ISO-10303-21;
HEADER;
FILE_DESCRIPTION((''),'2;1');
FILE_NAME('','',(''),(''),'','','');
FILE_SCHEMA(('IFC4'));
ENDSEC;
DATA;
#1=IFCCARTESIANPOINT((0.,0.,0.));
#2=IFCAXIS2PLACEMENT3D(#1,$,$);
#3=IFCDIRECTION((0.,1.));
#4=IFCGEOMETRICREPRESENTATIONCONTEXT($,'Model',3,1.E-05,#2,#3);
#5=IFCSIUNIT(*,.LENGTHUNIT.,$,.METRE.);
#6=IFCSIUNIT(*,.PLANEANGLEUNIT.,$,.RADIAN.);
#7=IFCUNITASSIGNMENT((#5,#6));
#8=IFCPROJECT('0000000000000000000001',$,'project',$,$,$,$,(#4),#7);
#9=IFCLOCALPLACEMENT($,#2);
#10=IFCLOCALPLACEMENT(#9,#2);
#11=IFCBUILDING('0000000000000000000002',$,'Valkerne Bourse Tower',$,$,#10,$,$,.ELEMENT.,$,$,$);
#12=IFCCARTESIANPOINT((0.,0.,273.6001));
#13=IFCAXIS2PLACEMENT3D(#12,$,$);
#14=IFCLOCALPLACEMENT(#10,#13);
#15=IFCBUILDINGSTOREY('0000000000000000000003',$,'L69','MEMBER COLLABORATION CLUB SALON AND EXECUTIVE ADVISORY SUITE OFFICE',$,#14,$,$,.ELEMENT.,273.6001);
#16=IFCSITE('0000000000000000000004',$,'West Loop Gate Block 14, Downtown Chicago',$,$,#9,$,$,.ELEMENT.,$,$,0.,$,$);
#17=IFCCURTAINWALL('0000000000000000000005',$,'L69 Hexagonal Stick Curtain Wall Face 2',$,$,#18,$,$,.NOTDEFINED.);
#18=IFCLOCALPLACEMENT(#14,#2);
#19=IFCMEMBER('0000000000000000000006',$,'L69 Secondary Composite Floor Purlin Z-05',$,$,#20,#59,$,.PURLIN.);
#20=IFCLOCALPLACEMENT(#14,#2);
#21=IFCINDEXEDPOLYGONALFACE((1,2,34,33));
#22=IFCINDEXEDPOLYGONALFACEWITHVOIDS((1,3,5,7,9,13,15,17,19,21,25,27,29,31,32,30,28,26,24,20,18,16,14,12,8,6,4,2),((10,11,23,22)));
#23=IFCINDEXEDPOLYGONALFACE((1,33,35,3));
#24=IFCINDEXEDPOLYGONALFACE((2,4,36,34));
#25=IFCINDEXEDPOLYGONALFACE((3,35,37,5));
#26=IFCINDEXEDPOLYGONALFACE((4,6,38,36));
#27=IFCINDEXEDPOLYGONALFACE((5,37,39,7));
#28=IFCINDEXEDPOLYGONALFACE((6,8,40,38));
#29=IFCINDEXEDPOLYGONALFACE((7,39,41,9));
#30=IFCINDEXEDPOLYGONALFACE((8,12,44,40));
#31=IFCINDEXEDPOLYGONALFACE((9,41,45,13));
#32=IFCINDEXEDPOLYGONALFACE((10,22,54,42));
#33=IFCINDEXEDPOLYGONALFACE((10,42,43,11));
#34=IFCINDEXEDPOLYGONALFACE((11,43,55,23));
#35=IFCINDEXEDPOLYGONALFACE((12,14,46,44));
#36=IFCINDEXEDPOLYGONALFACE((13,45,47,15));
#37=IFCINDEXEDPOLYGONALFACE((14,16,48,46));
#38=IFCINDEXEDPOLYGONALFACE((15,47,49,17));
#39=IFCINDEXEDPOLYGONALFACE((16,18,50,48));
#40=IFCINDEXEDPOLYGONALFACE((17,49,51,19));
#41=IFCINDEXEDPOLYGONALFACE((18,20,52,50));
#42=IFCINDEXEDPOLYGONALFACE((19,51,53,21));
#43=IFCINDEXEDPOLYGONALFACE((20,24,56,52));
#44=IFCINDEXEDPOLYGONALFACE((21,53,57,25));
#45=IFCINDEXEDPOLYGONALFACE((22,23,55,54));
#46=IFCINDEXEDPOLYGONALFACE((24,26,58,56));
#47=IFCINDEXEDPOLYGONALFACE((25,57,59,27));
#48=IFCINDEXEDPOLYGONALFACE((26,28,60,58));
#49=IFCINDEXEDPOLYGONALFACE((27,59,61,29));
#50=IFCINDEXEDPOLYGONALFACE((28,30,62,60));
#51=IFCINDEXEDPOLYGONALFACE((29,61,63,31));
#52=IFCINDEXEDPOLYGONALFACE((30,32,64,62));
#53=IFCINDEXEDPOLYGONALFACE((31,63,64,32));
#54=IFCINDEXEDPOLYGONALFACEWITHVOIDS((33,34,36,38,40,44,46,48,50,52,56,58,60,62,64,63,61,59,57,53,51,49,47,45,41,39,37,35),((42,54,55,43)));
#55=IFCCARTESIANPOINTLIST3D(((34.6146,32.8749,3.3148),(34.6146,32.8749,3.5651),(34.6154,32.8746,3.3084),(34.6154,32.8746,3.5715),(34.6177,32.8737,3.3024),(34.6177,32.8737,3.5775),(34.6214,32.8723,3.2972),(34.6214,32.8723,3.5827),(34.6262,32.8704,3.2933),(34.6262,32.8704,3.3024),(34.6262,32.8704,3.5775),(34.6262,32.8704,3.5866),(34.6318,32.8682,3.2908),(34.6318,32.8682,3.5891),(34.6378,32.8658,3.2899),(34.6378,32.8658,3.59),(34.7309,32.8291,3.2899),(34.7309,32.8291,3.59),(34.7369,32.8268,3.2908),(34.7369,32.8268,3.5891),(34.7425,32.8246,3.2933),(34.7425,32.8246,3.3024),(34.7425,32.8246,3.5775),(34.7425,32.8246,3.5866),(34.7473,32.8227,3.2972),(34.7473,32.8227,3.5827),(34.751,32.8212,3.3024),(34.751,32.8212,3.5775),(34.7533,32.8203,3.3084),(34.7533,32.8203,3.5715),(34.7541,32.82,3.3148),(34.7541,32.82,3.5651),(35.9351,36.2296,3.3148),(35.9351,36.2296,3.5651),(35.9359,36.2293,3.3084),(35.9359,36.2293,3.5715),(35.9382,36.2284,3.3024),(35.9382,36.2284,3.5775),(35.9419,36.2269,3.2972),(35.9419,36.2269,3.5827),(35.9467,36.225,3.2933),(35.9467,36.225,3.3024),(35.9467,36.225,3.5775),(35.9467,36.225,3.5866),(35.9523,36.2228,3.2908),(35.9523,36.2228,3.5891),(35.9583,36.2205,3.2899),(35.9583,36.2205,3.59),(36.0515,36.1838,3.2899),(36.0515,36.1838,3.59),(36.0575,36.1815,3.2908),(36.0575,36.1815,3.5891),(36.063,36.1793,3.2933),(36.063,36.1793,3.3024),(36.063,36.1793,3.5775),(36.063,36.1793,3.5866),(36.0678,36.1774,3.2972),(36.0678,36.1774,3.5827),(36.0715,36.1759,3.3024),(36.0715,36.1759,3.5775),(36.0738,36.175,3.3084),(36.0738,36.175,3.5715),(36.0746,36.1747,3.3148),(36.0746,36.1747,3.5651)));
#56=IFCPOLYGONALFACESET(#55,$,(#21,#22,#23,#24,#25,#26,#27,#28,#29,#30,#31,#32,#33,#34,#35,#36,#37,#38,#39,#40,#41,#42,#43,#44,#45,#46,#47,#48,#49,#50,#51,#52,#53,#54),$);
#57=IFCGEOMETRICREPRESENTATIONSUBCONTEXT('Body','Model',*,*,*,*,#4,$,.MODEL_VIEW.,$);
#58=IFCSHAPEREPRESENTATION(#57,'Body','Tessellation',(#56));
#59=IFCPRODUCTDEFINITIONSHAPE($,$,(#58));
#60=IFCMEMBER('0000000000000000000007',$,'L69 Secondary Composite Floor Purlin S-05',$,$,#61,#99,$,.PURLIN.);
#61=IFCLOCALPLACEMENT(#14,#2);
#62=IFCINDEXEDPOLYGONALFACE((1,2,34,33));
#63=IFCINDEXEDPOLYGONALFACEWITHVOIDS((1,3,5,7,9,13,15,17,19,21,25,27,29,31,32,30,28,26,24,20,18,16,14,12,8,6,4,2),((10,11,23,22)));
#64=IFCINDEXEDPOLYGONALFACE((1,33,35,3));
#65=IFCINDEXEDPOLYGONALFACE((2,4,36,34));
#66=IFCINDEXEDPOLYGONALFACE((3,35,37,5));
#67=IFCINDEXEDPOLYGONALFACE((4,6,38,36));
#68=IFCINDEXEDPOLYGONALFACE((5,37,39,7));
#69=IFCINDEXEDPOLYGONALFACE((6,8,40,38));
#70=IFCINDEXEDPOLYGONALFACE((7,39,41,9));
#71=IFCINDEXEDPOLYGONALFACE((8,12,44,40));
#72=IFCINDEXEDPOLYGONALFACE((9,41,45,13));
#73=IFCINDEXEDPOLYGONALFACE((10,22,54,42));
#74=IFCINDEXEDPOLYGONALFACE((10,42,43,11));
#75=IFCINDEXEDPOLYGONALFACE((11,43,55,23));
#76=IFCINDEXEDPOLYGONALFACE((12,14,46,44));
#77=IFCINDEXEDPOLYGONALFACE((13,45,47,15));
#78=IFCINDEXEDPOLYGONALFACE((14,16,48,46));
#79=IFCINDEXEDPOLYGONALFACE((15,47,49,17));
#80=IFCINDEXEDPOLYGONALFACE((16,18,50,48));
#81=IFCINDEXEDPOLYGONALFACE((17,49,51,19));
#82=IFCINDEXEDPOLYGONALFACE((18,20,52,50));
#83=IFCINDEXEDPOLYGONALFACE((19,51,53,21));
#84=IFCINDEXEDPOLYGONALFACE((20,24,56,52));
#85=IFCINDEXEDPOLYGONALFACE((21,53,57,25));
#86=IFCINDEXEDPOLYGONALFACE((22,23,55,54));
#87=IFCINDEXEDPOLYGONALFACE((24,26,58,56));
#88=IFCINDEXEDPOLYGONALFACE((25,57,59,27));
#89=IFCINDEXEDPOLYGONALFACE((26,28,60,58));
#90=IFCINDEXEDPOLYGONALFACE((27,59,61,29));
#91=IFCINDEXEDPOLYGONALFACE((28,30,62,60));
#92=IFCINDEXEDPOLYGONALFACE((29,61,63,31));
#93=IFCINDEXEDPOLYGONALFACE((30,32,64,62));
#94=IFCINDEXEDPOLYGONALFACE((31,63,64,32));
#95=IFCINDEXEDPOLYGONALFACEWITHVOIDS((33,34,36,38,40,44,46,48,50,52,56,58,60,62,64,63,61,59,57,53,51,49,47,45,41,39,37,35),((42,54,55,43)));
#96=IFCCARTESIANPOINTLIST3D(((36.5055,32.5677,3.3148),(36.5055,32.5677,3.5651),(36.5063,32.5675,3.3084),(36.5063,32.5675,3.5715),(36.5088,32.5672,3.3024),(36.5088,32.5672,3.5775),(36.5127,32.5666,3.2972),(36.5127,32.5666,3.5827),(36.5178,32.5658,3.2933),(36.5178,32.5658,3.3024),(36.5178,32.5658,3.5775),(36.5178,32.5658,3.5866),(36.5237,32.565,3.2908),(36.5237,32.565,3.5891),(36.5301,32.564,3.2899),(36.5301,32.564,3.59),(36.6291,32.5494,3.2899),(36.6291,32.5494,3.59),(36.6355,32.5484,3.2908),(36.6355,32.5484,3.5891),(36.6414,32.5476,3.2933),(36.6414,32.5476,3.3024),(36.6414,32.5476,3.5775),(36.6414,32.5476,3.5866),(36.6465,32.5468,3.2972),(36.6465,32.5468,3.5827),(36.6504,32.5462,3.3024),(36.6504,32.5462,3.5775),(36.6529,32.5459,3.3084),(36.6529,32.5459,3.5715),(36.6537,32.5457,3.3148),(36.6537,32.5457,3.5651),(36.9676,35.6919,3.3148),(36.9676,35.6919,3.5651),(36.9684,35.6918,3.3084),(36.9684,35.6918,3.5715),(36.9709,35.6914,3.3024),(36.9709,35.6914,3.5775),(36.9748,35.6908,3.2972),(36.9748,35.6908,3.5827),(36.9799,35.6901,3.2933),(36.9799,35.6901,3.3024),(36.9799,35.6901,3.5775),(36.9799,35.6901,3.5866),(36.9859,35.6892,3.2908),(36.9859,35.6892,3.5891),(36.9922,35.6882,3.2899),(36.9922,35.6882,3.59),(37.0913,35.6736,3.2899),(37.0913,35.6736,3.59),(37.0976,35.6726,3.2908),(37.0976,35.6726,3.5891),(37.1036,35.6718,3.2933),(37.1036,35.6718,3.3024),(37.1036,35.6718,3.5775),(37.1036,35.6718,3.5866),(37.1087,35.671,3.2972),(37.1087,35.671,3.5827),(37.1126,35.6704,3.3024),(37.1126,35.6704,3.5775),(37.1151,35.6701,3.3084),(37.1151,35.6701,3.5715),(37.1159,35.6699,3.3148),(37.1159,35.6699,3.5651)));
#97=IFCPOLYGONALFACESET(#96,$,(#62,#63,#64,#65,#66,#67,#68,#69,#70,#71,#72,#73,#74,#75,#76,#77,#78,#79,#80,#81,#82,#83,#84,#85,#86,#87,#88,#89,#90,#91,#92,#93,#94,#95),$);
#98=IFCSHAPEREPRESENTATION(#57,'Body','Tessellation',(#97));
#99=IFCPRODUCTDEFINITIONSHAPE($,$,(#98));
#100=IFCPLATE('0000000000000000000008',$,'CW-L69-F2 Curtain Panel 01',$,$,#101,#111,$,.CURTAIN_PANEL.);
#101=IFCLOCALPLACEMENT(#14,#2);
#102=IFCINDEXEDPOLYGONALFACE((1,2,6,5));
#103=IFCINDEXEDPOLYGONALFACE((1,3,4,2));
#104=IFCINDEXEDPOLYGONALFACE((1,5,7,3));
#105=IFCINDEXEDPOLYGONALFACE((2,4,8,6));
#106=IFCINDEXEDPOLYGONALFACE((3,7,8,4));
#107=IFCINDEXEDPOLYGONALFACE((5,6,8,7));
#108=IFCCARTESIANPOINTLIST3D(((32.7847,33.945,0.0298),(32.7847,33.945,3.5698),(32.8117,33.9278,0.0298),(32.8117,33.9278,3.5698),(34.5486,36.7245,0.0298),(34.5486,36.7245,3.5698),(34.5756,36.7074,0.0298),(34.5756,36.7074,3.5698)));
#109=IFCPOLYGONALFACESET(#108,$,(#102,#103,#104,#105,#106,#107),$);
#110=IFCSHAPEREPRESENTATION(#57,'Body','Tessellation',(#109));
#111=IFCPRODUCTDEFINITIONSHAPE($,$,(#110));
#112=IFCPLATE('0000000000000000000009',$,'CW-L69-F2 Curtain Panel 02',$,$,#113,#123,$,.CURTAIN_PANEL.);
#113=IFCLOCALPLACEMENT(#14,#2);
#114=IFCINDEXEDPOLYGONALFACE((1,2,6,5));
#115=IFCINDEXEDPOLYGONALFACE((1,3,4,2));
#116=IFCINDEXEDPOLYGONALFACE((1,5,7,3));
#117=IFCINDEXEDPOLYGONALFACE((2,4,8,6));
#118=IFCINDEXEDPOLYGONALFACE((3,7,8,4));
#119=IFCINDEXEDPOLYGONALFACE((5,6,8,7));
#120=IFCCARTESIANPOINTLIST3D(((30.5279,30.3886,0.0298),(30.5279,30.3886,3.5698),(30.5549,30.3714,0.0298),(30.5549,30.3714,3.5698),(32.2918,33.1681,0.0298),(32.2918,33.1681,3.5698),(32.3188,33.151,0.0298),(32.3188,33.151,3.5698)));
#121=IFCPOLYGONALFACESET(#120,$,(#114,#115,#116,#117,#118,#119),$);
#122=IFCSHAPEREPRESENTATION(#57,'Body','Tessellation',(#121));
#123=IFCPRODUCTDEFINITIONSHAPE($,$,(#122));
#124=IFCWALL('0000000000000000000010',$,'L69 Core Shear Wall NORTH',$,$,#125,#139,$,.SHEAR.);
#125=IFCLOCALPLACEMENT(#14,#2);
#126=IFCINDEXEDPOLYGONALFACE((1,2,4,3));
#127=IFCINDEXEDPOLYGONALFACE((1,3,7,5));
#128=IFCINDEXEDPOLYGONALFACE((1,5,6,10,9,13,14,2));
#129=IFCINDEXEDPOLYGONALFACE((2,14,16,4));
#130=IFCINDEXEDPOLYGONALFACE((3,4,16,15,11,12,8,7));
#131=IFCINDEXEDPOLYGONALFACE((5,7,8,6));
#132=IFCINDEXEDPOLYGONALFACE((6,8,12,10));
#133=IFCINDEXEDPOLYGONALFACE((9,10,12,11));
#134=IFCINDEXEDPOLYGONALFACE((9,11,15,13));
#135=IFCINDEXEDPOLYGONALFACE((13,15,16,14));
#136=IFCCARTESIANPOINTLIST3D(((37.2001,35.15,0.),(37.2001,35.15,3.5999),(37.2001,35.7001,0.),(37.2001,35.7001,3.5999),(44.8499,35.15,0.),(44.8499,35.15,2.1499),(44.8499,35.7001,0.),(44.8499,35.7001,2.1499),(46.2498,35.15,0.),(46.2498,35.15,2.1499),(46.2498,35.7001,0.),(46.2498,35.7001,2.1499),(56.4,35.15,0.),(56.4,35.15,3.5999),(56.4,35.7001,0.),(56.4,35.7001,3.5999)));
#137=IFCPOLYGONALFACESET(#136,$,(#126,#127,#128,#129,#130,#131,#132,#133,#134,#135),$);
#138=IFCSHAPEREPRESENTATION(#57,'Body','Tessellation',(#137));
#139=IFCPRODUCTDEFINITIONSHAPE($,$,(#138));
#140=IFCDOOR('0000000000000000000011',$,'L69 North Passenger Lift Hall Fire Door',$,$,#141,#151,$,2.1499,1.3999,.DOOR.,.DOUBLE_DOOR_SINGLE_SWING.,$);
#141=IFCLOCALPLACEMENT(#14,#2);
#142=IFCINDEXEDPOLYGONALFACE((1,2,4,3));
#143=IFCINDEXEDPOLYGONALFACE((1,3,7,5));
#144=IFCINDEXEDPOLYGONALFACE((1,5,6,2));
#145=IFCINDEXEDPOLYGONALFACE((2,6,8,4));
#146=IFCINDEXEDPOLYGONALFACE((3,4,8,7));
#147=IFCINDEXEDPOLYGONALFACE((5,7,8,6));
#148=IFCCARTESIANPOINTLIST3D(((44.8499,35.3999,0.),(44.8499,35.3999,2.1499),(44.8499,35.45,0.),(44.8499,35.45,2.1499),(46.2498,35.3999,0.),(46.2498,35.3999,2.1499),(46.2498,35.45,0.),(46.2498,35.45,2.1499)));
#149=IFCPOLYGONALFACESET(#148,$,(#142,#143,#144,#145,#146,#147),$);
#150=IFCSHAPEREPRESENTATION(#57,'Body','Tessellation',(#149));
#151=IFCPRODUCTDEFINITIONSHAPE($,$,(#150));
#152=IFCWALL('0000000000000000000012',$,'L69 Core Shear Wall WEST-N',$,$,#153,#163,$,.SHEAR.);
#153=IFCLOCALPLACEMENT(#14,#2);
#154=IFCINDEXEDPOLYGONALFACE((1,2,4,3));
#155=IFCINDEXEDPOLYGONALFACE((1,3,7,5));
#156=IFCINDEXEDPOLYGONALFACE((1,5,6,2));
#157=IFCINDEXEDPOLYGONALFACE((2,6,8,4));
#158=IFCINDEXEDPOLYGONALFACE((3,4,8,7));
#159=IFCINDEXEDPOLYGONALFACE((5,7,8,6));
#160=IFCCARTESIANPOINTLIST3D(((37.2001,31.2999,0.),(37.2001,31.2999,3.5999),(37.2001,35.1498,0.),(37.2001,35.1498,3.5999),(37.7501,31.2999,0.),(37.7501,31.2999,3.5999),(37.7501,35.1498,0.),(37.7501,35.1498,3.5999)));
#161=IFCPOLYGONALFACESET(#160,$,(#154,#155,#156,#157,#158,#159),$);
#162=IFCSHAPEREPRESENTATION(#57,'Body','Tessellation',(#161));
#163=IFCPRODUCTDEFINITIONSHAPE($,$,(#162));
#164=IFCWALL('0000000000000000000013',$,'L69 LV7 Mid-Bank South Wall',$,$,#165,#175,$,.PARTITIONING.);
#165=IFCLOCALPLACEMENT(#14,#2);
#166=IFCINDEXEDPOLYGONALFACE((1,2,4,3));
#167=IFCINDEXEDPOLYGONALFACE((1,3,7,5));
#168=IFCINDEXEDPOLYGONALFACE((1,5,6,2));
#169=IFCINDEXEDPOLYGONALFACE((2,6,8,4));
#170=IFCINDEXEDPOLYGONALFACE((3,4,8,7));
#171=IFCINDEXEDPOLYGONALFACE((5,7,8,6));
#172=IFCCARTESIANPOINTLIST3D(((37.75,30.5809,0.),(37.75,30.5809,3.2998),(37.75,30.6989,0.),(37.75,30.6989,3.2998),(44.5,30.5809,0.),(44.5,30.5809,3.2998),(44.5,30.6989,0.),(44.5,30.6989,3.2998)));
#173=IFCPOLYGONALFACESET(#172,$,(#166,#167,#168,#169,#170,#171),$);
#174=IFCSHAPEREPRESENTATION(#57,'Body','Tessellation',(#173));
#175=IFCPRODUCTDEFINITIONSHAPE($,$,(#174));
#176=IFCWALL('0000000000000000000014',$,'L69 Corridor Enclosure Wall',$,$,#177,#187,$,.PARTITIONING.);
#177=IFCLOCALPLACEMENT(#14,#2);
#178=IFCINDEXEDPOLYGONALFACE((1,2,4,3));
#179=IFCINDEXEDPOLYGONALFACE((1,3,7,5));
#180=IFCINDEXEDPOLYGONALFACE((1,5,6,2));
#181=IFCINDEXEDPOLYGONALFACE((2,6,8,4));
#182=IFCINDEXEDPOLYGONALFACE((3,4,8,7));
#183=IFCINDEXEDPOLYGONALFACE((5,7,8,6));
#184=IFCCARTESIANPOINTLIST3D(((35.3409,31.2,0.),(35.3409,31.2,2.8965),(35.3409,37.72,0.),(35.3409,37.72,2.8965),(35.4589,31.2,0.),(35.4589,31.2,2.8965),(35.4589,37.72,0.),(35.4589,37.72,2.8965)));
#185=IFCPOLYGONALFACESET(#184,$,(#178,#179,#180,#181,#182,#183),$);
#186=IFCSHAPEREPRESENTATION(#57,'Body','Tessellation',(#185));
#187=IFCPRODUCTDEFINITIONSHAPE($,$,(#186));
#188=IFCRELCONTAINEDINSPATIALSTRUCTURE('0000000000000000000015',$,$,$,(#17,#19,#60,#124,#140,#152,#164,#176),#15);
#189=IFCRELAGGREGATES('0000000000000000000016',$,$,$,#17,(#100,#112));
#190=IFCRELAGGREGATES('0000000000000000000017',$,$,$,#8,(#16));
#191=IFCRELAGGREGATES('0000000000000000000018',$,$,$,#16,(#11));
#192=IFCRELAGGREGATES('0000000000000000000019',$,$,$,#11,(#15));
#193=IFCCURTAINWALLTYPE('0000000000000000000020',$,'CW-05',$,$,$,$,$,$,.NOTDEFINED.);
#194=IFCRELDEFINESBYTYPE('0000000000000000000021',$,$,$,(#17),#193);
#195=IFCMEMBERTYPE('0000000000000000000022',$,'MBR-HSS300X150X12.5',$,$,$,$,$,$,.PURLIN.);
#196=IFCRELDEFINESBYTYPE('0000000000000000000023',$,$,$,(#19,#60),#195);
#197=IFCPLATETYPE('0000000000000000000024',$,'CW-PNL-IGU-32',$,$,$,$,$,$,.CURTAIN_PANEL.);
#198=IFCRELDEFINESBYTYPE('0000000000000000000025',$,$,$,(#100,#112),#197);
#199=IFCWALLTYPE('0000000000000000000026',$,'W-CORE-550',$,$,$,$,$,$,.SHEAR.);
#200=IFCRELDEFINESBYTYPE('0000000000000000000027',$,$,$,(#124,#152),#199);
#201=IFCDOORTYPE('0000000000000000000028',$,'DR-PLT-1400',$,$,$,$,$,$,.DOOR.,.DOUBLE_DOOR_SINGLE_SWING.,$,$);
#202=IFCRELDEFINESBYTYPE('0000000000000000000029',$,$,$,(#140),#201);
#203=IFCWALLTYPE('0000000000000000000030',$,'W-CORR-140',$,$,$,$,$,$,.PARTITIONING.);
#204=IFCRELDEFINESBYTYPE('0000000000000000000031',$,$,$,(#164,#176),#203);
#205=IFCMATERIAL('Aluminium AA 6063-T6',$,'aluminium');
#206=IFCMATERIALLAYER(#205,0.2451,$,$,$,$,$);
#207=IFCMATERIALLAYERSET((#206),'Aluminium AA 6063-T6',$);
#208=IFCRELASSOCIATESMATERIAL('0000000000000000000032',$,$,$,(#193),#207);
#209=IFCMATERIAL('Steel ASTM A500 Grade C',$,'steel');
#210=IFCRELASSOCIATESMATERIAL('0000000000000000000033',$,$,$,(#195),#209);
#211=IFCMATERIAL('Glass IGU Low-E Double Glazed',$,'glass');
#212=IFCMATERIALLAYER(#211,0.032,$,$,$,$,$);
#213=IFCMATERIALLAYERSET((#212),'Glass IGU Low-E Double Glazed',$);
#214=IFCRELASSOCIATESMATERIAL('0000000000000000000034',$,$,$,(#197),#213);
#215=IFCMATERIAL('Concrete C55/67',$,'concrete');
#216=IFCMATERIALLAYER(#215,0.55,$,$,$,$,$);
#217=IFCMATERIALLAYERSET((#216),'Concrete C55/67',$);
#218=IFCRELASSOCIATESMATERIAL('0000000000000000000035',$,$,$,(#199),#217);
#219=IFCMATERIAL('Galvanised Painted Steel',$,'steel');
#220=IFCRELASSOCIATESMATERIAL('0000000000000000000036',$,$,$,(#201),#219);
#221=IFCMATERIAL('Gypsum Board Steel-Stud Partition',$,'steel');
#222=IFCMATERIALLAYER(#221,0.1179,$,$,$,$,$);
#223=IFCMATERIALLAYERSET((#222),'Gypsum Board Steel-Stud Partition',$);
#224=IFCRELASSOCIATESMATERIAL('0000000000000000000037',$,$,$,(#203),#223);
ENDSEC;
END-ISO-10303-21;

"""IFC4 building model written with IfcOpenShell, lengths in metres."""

from ifc_helpers import new_model, si_unit, direction, frame, frame_2d, origin, origin_2d, place, context, subcontext, project, spatial, rectangle, hollow_rectangle, extrude, material, layer, layer_set, material_profile, profile_set, type_object, element, fill, aggregate, save


model = new_model("IFC4")

# Units and contexts
model_context = context("Model", 3, precision=1e-05, world=origin(), true_north=direction((0.0, 1.0)))
body_context = subcontext(model_context, "Body", "Model", "MODEL_VIEW")
ifc_project = project(units=[si_unit("LENGTHUNIT", "METRE"), si_unit("PLANEANGLEUNIT", "RADIAN")], contexts=[model_context])

# Site, building, storey
site_placement = place(None, origin())
site = spatial("IfcSite", under=ifc_project, at=site_placement, Name="West Loop Gate Block 14, Downtown Chicago", CompositionType="ELEMENT", RefElevation=0.0)
building_placement = place(site_placement, origin())
building = spatial("IfcBuilding", under=site, at=building_placement, Name="Valkerne Bourse Tower", CompositionType="ELEMENT")
storey_placement = place(building_placement, frame((0.0, 0.0, 273.6001)))
storey = spatial("IfcBuildingStorey", under=building, at=storey_placement, Name="L69", Description="MEMBER COLLABORATION CLUB SALON AND EXECUTIVE ADVISORY SUITE OFFICE", CompositionType="ELEMENT", Elevation=273.6001)

# Curtain wall
ifc_material_1 = material(Name="Aluminium AA 6063-T6", Category="aluminium")
ifc_layer_1 = layer(ifc_material_1, 0.2451)
ifc_layer_set_1 = layer_set([ifc_layer_1], Name="Aluminium AA 6063-T6")
curtain_wall_type = type_object("IfcCurtainWallType", Name="CW-05", PredefinedType="NOTDEFINED", material=ifc_layer_set_1)
curtain_wall_placement = place(storey_placement, origin())
curtain_wall = element("IfcCurtainWall", 1, at=curtain_wall_placement, inside=storey, type_object=curtain_wall_type, Name="L69 Hexagonal Stick Curtain Wall Face 2", PredefinedType="NOTDEFINED")

# Members
ifc_material_2 = material(Name="Steel ASTM A500 Grade C", Category="steel")
ifc_material_profile_1 = material_profile(ifc_material_2, hollow_rectangle(XDim=0.1499, YDim=0.3, WallThickness=0.0125, OuterFilletRadius=0.0249, at=origin_2d()), Name="HSS300X150X12.5")
ifc_profile_set_1 = profile_set([ifc_material_profile_1], Name="Steel ASTM A500 Grade C")
member_type_1 = type_object("IfcMemberType", Name="MBR-HSS300X150X12.5", PredefinedType="PURLIN", material=ifc_profile_set_1)
member_1_placement = place(storey_placement, frame((36.0049, 36.2021, 3.4399), z_axis=(-0.366283, -0.930504, 0.0), x_axis=(0.930504, -0.366283, 0.0)))
element("IfcMember", 2, at=member_1_placement, inside=storey, type_object=member_type_1, Name="L69 Secondary Composite Floor Purlin Z-05", PredefinedType="PURLIN", context=body_context, shape_type="SweptSolid", body=[
    extrude(hollow_rectangle(XDim=0.1499, YDim=0.3, WallThickness=0.0125, OuterFilletRadius=0.0249, at=origin_2d()), origin(), (0.0, 0.0, 1.0), 3.6052),
])
member_2_placement = place(storey_placement, frame((37.0417, 35.6809, 3.4399), z_axis=(-0.146333, -0.989235, 0.0), x_axis=(0.989235, -0.146333, 0.0)))
element("IfcMember", 3, at=member_2_placement, inside=storey, type_object=member_type_1, Name="L69 Secondary Composite Floor Purlin S-05", PredefinedType="PURLIN", context=body_context, shape_type="SweptSolid", body=[
    extrude(hollow_rectangle(XDim=0.1499, YDim=0.3, WallThickness=0.0125, OuterFilletRadius=0.0249, at=origin_2d()), origin(), (0.0, 0.0, 1.0), 3.1582),
])

# Plates
ifc_material_3 = material(Name="Glass IGU Low-E Double Glazed", Category="glass")
ifc_layer_2 = layer(ifc_material_3, 0.032)
ifc_layer_set_2 = layer_set([ifc_layer_2], Name="Glass IGU Low-E Double Glazed")
plate_type = type_object("IfcPlateType", Name="CW-PNL-IGU-32", PredefinedType="CURTAIN_PANEL", material=ifc_layer_set_2)
plate_1_placement = place(storey_placement, frame((33.6802, 35.3262, 0.0298), z_axis=(0.0, 0.0, 1.0), x_axis=(-0.535827, -0.844328, 0.0)))
plate_1 = element("IfcPlate", 4, at=plate_1_placement, type_object=plate_type, Name="CW-L69-F2 Curtain Panel 01", PredefinedType="CURTAIN_PANEL", context=body_context, shape_type="SweptSolid", body=[
    extrude(rectangle(XDim=3.292, YDim=0.032, at=origin_2d()), origin(), (0.0, 0.0, 1.0), 3.54),
])
plate_2_placement = place(storey_placement, frame((31.4233, 31.7698, 0.0298), z_axis=(0.0, 0.0, 1.0), x_axis=(-0.535827, -0.844328, 0.0)))
plate_2 = element("IfcPlate", 5, at=plate_2_placement, type_object=plate_type, Name="CW-L69-F2 Curtain Panel 02", PredefinedType="CURTAIN_PANEL", context=body_context, shape_type="SweptSolid", body=[
    extrude(rectangle(XDim=3.292, YDim=0.032, at=origin_2d()), origin(), (0.0, 0.0, 1.0), 3.54),
])
aggregate(curtain_wall, [plate_1, plate_2])

# Wall, opening, door
ifc_material_4 = material(Name="Concrete C55/67", Category="concrete")
ifc_layer_3 = layer(ifc_material_4, 0.55)
ifc_layer_set_3 = layer_set([ifc_layer_3], Name="Concrete C55/67")
wall_type_1 = type_object("IfcWallType", Name="W-CORE-550", PredefinedType="SHEAR", material=ifc_layer_set_3)
wall_1_placement = place(storey_placement, frame((37.2, 35.425, 0.0), z_axis=(0.0, 0.0, 1.0), x_axis=(1.0, 0.0, 0.0)))
wall_1 = element("IfcWall", 6, at=wall_1_placement, inside=storey, type_object=wall_type_1, Name="L69 Core Shear Wall NORTH", PredefinedType="SHEAR", context=body_context, shape_type="SweptSolid", body=[
    extrude(rectangle(XDim=19.2, YDim=0.55, at=frame_2d((9.6001, 0.0))), origin(), (0.0, 0.0, 1.0), 3.5999),
])
opening_placement = place(wall_1_placement, frame((7.6499, 0.0, 0.0)))
opening = element("IfcOpeningElement", 7, at=opening_placement, cuts=wall_1, PredefinedType="OPENING", context=body_context, shape_type="SweptSolid", body=[
    extrude(rectangle(XDim=1.3999, YDim=2.1499, at=frame_2d((0.7, 1.075))), frame((0.0, 0.2849, 0.0), z_axis=(0.0, -1.0, 0.0), x_axis=(1.0, 0.0, 0.0)), (0.0, 0.0, 1.0), 0.5701),
])
ifc_material_5 = material(Name="Galvanised Painted Steel", Category="steel")
door_type = type_object("IfcDoorType", Name="DR-PLT-1400", OperationType="DOUBLE_DOOR_SINGLE_SWING", PredefinedType="DOOR", material=ifc_material_5)
door_placement = place(opening_placement, origin())
door = element("IfcDoor", 8, at=door_placement, inside=storey, type_object=door_type, Name="L69 North Passenger Lift Hall Fire Door", OperationType="DOUBLE_DOOR_SINGLE_SWING", OverallHeight=2.1499, OverallWidth=1.3999, PredefinedType="DOOR", context=body_context, shape_type="SweptSolid", body=[
    extrude(rectangle(XDim=1.3999, YDim=2.1499, at=frame_2d((0.7, 1.075))), frame((0.0, 0.0249, 0.0), z_axis=(0.0, -1.0, 0.0), x_axis=(1.0, 0.0, 0.0)), (0.0, 0.0, 1.0), 0.05),
])
fill(opening, door)

# Walls
wall_2_placement = place(storey_placement, frame((37.4751, 31.3, 0.0), z_axis=(0.0, 0.0, 1.0), x_axis=(0.0, 1.0, 0.0)))
element("IfcWall", 9, at=wall_2_placement, inside=storey, type_object=wall_type_1, Name="L69 Core Shear Wall WEST-N", PredefinedType="SHEAR", context=body_context, shape_type="SweptSolid", body=[
    extrude(rectangle(XDim=3.8499, YDim=0.55, at=frame_2d((1.9248, 0.0))), origin(), (0.0, 0.0, 1.0), 3.5999),
])
ifc_material_6 = material(Name="Gypsum Board Steel-Stud Partition", Category="steel")
ifc_layer_4 = layer(ifc_material_6, 0.1179)
ifc_layer_set_4 = layer_set([ifc_layer_4], Name="Gypsum Board Steel-Stud Partition")
wall_type_2 = type_object("IfcWallType", Name="W-CORR-140", PredefinedType="PARTITIONING", material=ifc_layer_set_4)
wall_3_placement = place(storey_placement, frame((37.75, 30.6399, 0.0), z_axis=(0.0, 0.0, 1.0), x_axis=(1.0, 0.0, 0.0)))
element("IfcWall", 10, at=wall_3_placement, inside=storey, type_object=wall_type_2, Name="L69 LV7 Mid-Bank South Wall", PredefinedType="PARTITIONING", context=body_context, shape_type="SweptSolid", body=[
    extrude(rectangle(XDim=6.75, YDim=0.1179, at=frame_2d((3.375, 0.0))), origin(), (0.0, 0.0, 1.0), 3.2998),
])
wall_4_placement = place(storey_placement, frame((35.3999, 31.2, 0.0), z_axis=(0.0, 0.0, 1.0), x_axis=(0.0, 1.0, 0.0)))
element("IfcWall", 11, at=wall_4_placement, inside=storey, type_object=wall_type_2, Name="L69 Corridor Enclosure Wall", PredefinedType="PARTITIONING", context=body_context, shape_type="SweptSolid", body=[
    extrude(rectangle(XDim=6.52, YDim=0.1179, at=frame_2d((3.26, 0.0))), origin(), (0.0, 0.0, 1.0), 2.8965),
])

save(model, "model.ifc")
